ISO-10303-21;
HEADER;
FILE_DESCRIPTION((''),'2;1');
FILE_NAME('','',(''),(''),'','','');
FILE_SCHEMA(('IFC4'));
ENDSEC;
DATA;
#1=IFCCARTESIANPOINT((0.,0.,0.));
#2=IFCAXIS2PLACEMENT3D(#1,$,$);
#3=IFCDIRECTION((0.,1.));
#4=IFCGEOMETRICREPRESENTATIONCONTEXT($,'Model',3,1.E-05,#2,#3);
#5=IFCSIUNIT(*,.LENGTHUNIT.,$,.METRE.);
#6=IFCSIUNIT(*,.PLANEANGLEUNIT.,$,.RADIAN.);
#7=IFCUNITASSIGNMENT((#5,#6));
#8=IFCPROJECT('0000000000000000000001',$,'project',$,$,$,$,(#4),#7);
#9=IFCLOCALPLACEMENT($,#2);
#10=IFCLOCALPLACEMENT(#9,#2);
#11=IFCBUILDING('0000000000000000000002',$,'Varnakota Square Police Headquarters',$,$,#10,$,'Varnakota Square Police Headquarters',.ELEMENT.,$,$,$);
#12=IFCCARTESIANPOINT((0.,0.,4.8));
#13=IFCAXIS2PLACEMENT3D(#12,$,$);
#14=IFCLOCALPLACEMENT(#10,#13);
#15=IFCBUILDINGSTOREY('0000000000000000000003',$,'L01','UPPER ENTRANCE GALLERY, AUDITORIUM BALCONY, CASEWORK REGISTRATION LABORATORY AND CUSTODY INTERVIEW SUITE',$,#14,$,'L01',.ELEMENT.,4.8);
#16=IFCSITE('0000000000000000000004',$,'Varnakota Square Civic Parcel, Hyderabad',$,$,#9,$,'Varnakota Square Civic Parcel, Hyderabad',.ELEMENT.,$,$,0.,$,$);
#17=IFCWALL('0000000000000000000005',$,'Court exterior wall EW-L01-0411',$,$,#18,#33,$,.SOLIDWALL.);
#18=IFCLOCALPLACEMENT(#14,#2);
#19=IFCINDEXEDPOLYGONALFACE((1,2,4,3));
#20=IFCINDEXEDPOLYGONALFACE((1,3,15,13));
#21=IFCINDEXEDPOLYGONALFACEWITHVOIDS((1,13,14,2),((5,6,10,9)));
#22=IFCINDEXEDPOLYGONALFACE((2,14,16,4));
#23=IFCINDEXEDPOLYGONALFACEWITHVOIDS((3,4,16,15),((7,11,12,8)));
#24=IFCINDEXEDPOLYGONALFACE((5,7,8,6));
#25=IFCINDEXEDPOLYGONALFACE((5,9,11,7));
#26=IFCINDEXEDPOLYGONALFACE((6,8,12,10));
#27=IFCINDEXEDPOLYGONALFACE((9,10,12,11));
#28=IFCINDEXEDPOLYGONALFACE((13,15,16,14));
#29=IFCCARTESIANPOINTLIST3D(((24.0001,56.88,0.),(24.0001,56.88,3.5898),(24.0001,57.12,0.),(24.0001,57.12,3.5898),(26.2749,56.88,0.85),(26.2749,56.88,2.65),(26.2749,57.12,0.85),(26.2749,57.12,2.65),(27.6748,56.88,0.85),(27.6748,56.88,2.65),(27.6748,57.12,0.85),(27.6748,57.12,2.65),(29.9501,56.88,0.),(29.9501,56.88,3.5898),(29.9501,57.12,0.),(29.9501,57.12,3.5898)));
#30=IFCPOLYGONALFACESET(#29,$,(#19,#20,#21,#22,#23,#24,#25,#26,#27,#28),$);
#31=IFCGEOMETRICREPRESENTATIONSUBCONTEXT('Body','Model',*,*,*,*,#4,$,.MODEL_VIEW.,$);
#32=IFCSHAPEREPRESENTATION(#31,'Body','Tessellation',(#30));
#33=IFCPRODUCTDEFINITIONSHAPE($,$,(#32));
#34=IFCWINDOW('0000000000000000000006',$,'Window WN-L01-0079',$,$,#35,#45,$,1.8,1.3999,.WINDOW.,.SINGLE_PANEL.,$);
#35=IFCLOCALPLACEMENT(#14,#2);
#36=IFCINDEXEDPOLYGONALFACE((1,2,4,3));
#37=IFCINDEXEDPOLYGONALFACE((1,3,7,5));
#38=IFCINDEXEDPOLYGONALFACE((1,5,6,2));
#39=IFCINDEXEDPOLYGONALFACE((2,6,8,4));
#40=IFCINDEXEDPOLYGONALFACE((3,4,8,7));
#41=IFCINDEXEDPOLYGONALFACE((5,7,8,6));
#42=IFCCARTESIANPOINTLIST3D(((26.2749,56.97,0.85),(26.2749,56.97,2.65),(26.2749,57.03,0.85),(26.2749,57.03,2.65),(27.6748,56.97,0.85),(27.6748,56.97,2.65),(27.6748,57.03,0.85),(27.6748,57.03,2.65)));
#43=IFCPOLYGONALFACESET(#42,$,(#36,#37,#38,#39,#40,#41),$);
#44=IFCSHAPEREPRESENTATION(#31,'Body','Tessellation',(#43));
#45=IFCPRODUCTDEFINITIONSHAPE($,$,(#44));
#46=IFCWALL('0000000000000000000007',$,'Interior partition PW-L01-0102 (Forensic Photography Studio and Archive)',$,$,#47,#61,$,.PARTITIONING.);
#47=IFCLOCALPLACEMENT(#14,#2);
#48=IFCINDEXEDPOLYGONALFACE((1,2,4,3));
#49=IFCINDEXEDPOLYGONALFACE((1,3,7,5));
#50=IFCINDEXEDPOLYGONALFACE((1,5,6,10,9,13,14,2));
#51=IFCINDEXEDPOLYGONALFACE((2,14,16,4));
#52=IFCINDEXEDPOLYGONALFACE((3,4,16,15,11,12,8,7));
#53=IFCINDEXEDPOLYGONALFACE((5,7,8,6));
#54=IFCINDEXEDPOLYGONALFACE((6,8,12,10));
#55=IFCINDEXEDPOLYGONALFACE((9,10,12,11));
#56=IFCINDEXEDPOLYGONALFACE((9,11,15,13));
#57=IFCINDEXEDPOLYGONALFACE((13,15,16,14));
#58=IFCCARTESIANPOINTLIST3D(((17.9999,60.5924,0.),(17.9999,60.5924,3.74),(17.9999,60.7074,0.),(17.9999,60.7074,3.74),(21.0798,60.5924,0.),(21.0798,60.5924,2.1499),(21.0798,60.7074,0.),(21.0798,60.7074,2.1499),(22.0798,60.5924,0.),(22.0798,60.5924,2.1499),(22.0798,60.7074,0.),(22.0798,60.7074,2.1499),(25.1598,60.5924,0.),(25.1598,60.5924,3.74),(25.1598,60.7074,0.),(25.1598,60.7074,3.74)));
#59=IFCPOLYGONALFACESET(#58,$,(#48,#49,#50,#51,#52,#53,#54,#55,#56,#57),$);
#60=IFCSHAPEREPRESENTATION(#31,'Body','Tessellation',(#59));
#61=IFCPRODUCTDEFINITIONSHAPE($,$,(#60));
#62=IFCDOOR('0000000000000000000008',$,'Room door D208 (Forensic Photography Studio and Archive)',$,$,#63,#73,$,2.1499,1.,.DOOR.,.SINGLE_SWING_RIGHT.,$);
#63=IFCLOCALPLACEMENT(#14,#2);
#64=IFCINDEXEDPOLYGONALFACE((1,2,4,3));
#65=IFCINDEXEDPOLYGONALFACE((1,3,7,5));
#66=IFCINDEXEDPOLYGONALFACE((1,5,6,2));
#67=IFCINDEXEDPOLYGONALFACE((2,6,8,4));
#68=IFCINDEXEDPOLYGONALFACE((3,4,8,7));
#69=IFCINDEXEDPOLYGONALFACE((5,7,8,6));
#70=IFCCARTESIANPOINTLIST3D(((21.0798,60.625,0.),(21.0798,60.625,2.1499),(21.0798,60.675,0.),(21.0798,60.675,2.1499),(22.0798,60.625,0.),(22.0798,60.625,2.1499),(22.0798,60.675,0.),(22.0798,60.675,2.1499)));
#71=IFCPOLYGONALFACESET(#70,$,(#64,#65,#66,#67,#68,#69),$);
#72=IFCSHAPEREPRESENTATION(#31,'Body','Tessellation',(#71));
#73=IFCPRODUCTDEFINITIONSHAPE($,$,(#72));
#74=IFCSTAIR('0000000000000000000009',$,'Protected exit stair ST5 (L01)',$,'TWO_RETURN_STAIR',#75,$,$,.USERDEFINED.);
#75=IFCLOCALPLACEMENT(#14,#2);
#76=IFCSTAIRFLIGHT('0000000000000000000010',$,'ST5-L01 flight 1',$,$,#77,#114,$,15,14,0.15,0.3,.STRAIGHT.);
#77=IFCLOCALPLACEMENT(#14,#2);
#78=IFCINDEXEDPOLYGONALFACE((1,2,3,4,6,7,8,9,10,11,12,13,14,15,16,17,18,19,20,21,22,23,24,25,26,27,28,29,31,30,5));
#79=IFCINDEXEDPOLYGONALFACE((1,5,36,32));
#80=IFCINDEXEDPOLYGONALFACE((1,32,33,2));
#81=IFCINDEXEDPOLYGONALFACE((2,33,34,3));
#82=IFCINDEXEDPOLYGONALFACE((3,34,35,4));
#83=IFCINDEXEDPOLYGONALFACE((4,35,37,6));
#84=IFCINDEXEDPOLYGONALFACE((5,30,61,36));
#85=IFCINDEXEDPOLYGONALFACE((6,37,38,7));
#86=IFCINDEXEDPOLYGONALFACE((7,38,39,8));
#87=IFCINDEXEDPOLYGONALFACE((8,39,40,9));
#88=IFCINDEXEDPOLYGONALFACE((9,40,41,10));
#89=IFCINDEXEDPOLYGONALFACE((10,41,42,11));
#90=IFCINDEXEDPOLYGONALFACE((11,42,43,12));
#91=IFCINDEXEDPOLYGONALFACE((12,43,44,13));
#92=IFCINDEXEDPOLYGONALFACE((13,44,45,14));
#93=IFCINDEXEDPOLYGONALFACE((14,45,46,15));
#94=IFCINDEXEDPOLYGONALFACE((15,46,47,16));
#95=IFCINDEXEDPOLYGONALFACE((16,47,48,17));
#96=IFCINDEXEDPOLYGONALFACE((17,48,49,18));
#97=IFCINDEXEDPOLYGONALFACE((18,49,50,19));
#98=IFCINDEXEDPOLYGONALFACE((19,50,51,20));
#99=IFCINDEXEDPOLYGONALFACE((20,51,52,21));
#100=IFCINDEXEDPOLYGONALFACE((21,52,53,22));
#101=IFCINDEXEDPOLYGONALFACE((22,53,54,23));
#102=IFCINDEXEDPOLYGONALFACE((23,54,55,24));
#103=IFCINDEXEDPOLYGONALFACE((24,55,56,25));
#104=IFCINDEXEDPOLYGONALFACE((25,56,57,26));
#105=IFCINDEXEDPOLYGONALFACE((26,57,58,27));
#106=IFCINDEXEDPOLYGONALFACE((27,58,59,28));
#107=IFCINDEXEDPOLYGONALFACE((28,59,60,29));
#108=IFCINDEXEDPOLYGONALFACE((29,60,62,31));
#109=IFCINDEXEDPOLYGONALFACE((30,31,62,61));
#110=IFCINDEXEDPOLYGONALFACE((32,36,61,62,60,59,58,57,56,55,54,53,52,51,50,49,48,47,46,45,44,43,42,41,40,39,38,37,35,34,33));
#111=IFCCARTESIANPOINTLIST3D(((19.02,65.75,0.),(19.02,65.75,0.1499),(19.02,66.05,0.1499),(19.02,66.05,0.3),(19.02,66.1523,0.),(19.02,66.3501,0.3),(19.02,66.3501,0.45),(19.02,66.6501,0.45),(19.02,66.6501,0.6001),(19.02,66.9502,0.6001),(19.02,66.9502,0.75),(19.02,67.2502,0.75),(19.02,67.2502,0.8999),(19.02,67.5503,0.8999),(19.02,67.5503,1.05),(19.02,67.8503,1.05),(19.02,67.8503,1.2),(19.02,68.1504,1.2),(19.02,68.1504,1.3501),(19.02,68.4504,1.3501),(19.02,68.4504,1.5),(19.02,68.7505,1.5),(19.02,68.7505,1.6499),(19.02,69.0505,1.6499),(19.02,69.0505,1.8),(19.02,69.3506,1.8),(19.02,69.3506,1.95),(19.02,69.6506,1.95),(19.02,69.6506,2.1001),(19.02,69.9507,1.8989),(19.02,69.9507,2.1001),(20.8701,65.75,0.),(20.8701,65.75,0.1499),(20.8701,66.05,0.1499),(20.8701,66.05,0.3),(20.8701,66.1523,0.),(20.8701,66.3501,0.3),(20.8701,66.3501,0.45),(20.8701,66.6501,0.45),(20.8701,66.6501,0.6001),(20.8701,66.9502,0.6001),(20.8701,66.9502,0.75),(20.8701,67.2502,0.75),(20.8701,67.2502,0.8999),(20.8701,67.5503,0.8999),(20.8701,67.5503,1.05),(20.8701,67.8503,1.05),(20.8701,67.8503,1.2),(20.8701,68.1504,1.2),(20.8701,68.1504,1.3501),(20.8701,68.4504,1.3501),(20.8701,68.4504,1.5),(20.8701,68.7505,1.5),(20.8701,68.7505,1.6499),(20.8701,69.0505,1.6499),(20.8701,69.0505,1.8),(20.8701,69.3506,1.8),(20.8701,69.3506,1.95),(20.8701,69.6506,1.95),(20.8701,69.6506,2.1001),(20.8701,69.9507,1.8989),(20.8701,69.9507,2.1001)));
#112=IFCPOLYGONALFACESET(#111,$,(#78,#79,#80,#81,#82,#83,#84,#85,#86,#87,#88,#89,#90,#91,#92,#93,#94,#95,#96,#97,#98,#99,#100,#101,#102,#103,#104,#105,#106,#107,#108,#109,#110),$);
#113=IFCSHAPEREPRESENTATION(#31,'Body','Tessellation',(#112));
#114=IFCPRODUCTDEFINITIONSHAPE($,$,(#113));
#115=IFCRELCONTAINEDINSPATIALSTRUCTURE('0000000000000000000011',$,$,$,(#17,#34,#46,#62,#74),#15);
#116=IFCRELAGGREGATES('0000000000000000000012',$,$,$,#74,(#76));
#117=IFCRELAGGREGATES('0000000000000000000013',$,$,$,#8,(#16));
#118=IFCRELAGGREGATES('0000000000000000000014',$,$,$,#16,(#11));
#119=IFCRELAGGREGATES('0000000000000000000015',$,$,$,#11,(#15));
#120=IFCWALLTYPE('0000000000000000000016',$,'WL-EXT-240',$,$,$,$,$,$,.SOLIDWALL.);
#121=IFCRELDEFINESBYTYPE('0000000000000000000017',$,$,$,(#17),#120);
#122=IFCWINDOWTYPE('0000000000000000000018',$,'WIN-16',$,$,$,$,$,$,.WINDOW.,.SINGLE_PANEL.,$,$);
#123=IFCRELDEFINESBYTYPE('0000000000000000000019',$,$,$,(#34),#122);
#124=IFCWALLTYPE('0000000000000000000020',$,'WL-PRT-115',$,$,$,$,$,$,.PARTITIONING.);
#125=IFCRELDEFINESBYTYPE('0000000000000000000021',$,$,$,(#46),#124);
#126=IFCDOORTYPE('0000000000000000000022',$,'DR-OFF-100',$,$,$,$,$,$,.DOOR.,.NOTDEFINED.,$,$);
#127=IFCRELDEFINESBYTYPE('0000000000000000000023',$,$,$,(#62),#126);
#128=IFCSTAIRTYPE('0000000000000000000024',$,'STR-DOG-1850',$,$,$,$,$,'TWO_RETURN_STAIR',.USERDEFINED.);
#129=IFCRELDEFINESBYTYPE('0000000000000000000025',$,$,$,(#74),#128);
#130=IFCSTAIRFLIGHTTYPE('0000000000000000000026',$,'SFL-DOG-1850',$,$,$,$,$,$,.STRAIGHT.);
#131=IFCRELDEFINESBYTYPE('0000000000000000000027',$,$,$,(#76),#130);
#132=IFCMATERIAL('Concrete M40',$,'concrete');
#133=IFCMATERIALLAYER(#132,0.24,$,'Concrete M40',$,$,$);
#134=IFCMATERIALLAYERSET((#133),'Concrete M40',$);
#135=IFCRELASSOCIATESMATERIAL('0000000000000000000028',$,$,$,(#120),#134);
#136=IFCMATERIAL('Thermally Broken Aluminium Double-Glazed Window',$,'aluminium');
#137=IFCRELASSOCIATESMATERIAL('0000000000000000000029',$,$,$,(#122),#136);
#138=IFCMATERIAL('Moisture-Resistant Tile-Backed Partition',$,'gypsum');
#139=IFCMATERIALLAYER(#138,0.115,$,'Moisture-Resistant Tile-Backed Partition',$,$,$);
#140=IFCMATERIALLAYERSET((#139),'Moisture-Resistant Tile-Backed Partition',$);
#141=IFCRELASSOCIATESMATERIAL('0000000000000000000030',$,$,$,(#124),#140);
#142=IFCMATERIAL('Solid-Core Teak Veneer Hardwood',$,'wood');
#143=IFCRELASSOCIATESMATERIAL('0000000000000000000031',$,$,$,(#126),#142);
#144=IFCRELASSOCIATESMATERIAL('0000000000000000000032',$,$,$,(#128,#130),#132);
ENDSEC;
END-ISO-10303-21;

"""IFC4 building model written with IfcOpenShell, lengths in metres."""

from ifc_helpers import new_model, si_unit, direction, frame, frame_2d, origin, place, context, subcontext, project, spatial, polyline, rectangle, outline, extrude, material, layer, layer_set, type_object, element, fill, aggregate, save


model = new_model("IFC4")

# Units and contexts
model_context = context("Model", 3, precision=1e-05, world=origin(), true_north=direction((0.0, 1.0)))
body_context = subcontext(model_context, "Body", "Model", "MODEL_VIEW")
ifc_project = project(units=[si_unit("LENGTHUNIT", "METRE"), si_unit("PLANEANGLEUNIT", "RADIAN")], contexts=[model_context])

# Site, building, storey
site_placement = place(None, origin())
site = spatial("IfcSite", under=ifc_project, at=site_placement, Name="Varnakota Square Civic Parcel, Hyderabad", LongName="Varnakota Square Civic Parcel, Hyderabad", CompositionType="ELEMENT", RefElevation=0.0)
building_placement = place(site_placement, origin())
building = spatial("IfcBuilding", under=site, at=building_placement, Name="Varnakota Square Police Headquarters", LongName="Varnakota Square Police Headquarters", CompositionType="ELEMENT")
storey_placement = place(building_placement, frame((0.0, 0.0, 4.8)))
storey = spatial("IfcBuildingStorey", under=building, at=storey_placement, Name="L01", Description="UPPER ENTRANCE GALLERY, AUDITORIUM BALCONY, CASEWORK REGISTRATION LABORATORY AND CUSTODY INTERVIEW SUITE", LongName="L01", CompositionType="ELEMENT", Elevation=4.8)

# Wall, opening, window
ifc_material_1 = material(Name="Concrete M40", Category="concrete")
ifc_layer_1 = layer(ifc_material_1, 0.24, Name="Concrete M40")
ifc_layer_set_1 = layer_set([ifc_layer_1], Name="Concrete M40")
wall_type_1 = type_object("IfcWallType", Name="WL-EXT-240", PredefinedType="SOLIDWALL", material=ifc_layer_set_1)
ifc_material_2 = material(Name="Thermally Broken Aluminium Double-Glazed Window", Category="aluminium")
window_type = type_object("IfcWindowType", Name="WIN-16", PartitioningType="SINGLE_PANEL", PredefinedType="WINDOW", material=ifc_material_2)
wall_1_placement = place(storey_placement, frame((24.0, 57.0, 0.0), z_axis=(0.0, 0.0, 1.0), x_axis=(1.0, 0.0, 0.0)))
wall_1 = element("IfcWall", 1, at=wall_1_placement, inside=storey, type_object=wall_type_1, Name="Court exterior wall EW-L01-0411", PredefinedType="SOLIDWALL", context=body_context, shape_type="SweptSolid", body=[
    extrude(rectangle(XDim=5.95, YDim=0.24, at=frame_2d((2.9751, 0.0))), origin(), (0.0, 0.0, 1.0), 3.5898),
])
opening_1_placement = place(wall_1_placement, frame((2.2749, 0.0, 0.8501)))
opening_1 = element("IfcOpeningElement", 2, at=opening_1_placement, cuts=wall_1, PredefinedType="OPENING", context=body_context, shape_type="SweptSolid", body=[
    extrude(rectangle(XDim=1.3999, YDim=1.8, at=frame_2d((0.7, 0.8999))), frame((0.0, 0.1299, 0.0), z_axis=(0.0, -1.0, 0.0), x_axis=(1.0, 0.0, 0.0)), (0.0, 0.0, 1.0), 0.26),
])
window_1_placement = place(opening_1_placement, origin())
window_1 = element("IfcWindow", 3, at=window_1_placement, inside=storey, type_object=window_type, Name="Window WN-L01-0079", OverallHeight=1.8, OverallWidth=1.3999, PartitioningType="SINGLE_PANEL", PredefinedType="WINDOW", context=body_context, shape_type="SweptSolid", body=[
    extrude(rectangle(XDim=1.3999, YDim=1.8, at=frame_2d((0.7, 0.8999))), frame((0.0, 0.03, 0.0), z_axis=(0.0, -1.0, 0.0), x_axis=(1.0, 0.0, 0.0)), (0.0, 0.0, 1.0), 0.0601),
])
fill(opening_1, window_1)

# Wall, opening, door
ifc_material_3 = material(Name="Moisture-Resistant Tile-Backed Partition", Category="gypsum")
ifc_layer_2 = layer(ifc_material_3, 0.115, Name="Moisture-Resistant Tile-Backed Partition")
ifc_layer_set_2 = layer_set([ifc_layer_2], Name="Moisture-Resistant Tile-Backed Partition")
wall_type_2 = type_object("IfcWallType", Name="WL-PRT-115", PredefinedType="PARTITIONING", material=ifc_layer_set_2)
wall_2_placement = place(storey_placement, frame((25.1599, 60.6499, 0.0), z_axis=(0.0, 0.0, 1.0), x_axis=(-1.0, 0.0, 0.0)))
wall_2 = element("IfcWall", 4, at=wall_2_placement, inside=storey, type_object=wall_type_2, Name="Interior partition PW-L01-0102 (Forensic Photography Studio and Archive)", PredefinedType="PARTITIONING", context=body_context, shape_type="SweptSolid", body=[
    extrude(rectangle(XDim=7.1599, YDim=0.115, at=frame_2d((3.5801, 0.0))), origin(), (0.0, 0.0, 1.0), 3.74),
])
opening_2_placement = place(wall_2_placement, frame((3.0801, 0.0, 0.0)))
opening_2 = element("IfcOpeningElement", 5, at=opening_2_placement, cuts=wall_2, PredefinedType="OPENING", context=body_context, shape_type="SweptSolid", body=[
    extrude(rectangle(XDim=1.0, YDim=2.1499, at=frame_2d((0.5, 1.075))), frame((0.0, 0.0674, 0.0), z_axis=(0.0, -1.0, 0.0), x_axis=(1.0, 0.0, 0.0)), (0.0, 0.0, 1.0), 0.135),
])
ifc_material_4 = material(Name="Solid-Core Teak Veneer Hardwood", Category="wood")
door_type_1 = type_object("IfcDoorType", Name="DR-OFF-100", OperationType="NOTDEFINED", PredefinedType="DOOR", material=ifc_material_4)
door_1_placement = place(opening_2_placement, origin())
door_1 = element("IfcDoor", 6, at=door_1_placement, inside=storey, type_object=door_type_1, Name="Room door D208 (Forensic Photography Studio and Archive)", OperationType="SINGLE_SWING_RIGHT", OverallHeight=2.1499, OverallWidth=1.0, PredefinedType="DOOR", context=body_context, shape_type="SweptSolid", body=[
    extrude(rectangle(XDim=1.0, YDim=2.1499, at=frame_2d((0.5, 1.075))), frame((0.0, 0.0249, 0.0), z_axis=(0.0, -1.0, 0.0), x_axis=(1.0, 0.0, 0.0)), (0.0, 0.0, 1.0), 0.05),
])
fill(opening_2, door_1)

# Stair, stair flight
stair_type = type_object("IfcStairType", Name="STR-DOG-1850", ElementType="TWO_RETURN_STAIR", PredefinedType="USERDEFINED", material=ifc_material_1)
stair_placement = place(storey_placement, origin())
stair = element("IfcStair", 7, at=stair_placement, inside=storey, type_object=stair_type, Name="Protected exit stair ST5 (L01)", ObjectType="TWO_RETURN_STAIR", PredefinedType="USERDEFINED")
stair_flight_type = type_object("IfcStairFlightType", Name="SFL-DOG-1850", PredefinedType="STRAIGHT", material=ifc_material_1)
stair_flight_placement = place(storey_placement, frame((19.9451, 65.75, 0.0), z_axis=(0.0, 0.0, 1.0), x_axis=(0.0, 1.0, 0.0)))
stair_flight = element("IfcStairFlight", 8, at=stair_flight_placement, type_object=stair_flight_type, Name="ST5-L01 flight 1", NumberOfRisers=15, NumberOfTreads=14, PredefinedType="STRAIGHT", RiserHeight=0.15, TreadLength=0.3, context=body_context, shape_type="SweptSolid", body=[
    extrude(outline(polyline([(0.0, 0.0), (0.0, 0.1499), (0.3, 0.1499), (0.3, 0.3), (0.6001, 0.3), (0.6001, 0.45), (0.9001, 0.45), (0.9001, 0.6001), (1.2002, 0.6001), (1.2002, 0.75), (1.5002, 0.75), (1.5002, 0.8999), (1.8003, 0.8999), (1.8003, 1.05), (2.1003, 1.05), (2.1003, 1.2), (2.4004, 1.2), (2.4004, 1.3501), (2.7004, 1.3501), (2.7004, 1.5), (3.0005, 1.5), (3.0005, 1.6499), (3.3005, 1.6499), (3.3005, 1.8), (3.6006, 1.8), (3.6006, 1.95), (3.9006, 1.95), (3.9006, 2.1001), (4.2007, 2.1001), (4.2007, 2.25), (4.2007, 1.8989), (0.4023, 0.0), (0.0, 0.0)])), frame((0.0, 0.925, 0.0), z_axis=(0.0, -1.0, 0.0), x_axis=(1.0, 0.0, 0.0)), (0.0, 0.0, 1.0), 1.8501),
])
aggregate(stair, [stair_flight])

save(model, "model.ifc")
